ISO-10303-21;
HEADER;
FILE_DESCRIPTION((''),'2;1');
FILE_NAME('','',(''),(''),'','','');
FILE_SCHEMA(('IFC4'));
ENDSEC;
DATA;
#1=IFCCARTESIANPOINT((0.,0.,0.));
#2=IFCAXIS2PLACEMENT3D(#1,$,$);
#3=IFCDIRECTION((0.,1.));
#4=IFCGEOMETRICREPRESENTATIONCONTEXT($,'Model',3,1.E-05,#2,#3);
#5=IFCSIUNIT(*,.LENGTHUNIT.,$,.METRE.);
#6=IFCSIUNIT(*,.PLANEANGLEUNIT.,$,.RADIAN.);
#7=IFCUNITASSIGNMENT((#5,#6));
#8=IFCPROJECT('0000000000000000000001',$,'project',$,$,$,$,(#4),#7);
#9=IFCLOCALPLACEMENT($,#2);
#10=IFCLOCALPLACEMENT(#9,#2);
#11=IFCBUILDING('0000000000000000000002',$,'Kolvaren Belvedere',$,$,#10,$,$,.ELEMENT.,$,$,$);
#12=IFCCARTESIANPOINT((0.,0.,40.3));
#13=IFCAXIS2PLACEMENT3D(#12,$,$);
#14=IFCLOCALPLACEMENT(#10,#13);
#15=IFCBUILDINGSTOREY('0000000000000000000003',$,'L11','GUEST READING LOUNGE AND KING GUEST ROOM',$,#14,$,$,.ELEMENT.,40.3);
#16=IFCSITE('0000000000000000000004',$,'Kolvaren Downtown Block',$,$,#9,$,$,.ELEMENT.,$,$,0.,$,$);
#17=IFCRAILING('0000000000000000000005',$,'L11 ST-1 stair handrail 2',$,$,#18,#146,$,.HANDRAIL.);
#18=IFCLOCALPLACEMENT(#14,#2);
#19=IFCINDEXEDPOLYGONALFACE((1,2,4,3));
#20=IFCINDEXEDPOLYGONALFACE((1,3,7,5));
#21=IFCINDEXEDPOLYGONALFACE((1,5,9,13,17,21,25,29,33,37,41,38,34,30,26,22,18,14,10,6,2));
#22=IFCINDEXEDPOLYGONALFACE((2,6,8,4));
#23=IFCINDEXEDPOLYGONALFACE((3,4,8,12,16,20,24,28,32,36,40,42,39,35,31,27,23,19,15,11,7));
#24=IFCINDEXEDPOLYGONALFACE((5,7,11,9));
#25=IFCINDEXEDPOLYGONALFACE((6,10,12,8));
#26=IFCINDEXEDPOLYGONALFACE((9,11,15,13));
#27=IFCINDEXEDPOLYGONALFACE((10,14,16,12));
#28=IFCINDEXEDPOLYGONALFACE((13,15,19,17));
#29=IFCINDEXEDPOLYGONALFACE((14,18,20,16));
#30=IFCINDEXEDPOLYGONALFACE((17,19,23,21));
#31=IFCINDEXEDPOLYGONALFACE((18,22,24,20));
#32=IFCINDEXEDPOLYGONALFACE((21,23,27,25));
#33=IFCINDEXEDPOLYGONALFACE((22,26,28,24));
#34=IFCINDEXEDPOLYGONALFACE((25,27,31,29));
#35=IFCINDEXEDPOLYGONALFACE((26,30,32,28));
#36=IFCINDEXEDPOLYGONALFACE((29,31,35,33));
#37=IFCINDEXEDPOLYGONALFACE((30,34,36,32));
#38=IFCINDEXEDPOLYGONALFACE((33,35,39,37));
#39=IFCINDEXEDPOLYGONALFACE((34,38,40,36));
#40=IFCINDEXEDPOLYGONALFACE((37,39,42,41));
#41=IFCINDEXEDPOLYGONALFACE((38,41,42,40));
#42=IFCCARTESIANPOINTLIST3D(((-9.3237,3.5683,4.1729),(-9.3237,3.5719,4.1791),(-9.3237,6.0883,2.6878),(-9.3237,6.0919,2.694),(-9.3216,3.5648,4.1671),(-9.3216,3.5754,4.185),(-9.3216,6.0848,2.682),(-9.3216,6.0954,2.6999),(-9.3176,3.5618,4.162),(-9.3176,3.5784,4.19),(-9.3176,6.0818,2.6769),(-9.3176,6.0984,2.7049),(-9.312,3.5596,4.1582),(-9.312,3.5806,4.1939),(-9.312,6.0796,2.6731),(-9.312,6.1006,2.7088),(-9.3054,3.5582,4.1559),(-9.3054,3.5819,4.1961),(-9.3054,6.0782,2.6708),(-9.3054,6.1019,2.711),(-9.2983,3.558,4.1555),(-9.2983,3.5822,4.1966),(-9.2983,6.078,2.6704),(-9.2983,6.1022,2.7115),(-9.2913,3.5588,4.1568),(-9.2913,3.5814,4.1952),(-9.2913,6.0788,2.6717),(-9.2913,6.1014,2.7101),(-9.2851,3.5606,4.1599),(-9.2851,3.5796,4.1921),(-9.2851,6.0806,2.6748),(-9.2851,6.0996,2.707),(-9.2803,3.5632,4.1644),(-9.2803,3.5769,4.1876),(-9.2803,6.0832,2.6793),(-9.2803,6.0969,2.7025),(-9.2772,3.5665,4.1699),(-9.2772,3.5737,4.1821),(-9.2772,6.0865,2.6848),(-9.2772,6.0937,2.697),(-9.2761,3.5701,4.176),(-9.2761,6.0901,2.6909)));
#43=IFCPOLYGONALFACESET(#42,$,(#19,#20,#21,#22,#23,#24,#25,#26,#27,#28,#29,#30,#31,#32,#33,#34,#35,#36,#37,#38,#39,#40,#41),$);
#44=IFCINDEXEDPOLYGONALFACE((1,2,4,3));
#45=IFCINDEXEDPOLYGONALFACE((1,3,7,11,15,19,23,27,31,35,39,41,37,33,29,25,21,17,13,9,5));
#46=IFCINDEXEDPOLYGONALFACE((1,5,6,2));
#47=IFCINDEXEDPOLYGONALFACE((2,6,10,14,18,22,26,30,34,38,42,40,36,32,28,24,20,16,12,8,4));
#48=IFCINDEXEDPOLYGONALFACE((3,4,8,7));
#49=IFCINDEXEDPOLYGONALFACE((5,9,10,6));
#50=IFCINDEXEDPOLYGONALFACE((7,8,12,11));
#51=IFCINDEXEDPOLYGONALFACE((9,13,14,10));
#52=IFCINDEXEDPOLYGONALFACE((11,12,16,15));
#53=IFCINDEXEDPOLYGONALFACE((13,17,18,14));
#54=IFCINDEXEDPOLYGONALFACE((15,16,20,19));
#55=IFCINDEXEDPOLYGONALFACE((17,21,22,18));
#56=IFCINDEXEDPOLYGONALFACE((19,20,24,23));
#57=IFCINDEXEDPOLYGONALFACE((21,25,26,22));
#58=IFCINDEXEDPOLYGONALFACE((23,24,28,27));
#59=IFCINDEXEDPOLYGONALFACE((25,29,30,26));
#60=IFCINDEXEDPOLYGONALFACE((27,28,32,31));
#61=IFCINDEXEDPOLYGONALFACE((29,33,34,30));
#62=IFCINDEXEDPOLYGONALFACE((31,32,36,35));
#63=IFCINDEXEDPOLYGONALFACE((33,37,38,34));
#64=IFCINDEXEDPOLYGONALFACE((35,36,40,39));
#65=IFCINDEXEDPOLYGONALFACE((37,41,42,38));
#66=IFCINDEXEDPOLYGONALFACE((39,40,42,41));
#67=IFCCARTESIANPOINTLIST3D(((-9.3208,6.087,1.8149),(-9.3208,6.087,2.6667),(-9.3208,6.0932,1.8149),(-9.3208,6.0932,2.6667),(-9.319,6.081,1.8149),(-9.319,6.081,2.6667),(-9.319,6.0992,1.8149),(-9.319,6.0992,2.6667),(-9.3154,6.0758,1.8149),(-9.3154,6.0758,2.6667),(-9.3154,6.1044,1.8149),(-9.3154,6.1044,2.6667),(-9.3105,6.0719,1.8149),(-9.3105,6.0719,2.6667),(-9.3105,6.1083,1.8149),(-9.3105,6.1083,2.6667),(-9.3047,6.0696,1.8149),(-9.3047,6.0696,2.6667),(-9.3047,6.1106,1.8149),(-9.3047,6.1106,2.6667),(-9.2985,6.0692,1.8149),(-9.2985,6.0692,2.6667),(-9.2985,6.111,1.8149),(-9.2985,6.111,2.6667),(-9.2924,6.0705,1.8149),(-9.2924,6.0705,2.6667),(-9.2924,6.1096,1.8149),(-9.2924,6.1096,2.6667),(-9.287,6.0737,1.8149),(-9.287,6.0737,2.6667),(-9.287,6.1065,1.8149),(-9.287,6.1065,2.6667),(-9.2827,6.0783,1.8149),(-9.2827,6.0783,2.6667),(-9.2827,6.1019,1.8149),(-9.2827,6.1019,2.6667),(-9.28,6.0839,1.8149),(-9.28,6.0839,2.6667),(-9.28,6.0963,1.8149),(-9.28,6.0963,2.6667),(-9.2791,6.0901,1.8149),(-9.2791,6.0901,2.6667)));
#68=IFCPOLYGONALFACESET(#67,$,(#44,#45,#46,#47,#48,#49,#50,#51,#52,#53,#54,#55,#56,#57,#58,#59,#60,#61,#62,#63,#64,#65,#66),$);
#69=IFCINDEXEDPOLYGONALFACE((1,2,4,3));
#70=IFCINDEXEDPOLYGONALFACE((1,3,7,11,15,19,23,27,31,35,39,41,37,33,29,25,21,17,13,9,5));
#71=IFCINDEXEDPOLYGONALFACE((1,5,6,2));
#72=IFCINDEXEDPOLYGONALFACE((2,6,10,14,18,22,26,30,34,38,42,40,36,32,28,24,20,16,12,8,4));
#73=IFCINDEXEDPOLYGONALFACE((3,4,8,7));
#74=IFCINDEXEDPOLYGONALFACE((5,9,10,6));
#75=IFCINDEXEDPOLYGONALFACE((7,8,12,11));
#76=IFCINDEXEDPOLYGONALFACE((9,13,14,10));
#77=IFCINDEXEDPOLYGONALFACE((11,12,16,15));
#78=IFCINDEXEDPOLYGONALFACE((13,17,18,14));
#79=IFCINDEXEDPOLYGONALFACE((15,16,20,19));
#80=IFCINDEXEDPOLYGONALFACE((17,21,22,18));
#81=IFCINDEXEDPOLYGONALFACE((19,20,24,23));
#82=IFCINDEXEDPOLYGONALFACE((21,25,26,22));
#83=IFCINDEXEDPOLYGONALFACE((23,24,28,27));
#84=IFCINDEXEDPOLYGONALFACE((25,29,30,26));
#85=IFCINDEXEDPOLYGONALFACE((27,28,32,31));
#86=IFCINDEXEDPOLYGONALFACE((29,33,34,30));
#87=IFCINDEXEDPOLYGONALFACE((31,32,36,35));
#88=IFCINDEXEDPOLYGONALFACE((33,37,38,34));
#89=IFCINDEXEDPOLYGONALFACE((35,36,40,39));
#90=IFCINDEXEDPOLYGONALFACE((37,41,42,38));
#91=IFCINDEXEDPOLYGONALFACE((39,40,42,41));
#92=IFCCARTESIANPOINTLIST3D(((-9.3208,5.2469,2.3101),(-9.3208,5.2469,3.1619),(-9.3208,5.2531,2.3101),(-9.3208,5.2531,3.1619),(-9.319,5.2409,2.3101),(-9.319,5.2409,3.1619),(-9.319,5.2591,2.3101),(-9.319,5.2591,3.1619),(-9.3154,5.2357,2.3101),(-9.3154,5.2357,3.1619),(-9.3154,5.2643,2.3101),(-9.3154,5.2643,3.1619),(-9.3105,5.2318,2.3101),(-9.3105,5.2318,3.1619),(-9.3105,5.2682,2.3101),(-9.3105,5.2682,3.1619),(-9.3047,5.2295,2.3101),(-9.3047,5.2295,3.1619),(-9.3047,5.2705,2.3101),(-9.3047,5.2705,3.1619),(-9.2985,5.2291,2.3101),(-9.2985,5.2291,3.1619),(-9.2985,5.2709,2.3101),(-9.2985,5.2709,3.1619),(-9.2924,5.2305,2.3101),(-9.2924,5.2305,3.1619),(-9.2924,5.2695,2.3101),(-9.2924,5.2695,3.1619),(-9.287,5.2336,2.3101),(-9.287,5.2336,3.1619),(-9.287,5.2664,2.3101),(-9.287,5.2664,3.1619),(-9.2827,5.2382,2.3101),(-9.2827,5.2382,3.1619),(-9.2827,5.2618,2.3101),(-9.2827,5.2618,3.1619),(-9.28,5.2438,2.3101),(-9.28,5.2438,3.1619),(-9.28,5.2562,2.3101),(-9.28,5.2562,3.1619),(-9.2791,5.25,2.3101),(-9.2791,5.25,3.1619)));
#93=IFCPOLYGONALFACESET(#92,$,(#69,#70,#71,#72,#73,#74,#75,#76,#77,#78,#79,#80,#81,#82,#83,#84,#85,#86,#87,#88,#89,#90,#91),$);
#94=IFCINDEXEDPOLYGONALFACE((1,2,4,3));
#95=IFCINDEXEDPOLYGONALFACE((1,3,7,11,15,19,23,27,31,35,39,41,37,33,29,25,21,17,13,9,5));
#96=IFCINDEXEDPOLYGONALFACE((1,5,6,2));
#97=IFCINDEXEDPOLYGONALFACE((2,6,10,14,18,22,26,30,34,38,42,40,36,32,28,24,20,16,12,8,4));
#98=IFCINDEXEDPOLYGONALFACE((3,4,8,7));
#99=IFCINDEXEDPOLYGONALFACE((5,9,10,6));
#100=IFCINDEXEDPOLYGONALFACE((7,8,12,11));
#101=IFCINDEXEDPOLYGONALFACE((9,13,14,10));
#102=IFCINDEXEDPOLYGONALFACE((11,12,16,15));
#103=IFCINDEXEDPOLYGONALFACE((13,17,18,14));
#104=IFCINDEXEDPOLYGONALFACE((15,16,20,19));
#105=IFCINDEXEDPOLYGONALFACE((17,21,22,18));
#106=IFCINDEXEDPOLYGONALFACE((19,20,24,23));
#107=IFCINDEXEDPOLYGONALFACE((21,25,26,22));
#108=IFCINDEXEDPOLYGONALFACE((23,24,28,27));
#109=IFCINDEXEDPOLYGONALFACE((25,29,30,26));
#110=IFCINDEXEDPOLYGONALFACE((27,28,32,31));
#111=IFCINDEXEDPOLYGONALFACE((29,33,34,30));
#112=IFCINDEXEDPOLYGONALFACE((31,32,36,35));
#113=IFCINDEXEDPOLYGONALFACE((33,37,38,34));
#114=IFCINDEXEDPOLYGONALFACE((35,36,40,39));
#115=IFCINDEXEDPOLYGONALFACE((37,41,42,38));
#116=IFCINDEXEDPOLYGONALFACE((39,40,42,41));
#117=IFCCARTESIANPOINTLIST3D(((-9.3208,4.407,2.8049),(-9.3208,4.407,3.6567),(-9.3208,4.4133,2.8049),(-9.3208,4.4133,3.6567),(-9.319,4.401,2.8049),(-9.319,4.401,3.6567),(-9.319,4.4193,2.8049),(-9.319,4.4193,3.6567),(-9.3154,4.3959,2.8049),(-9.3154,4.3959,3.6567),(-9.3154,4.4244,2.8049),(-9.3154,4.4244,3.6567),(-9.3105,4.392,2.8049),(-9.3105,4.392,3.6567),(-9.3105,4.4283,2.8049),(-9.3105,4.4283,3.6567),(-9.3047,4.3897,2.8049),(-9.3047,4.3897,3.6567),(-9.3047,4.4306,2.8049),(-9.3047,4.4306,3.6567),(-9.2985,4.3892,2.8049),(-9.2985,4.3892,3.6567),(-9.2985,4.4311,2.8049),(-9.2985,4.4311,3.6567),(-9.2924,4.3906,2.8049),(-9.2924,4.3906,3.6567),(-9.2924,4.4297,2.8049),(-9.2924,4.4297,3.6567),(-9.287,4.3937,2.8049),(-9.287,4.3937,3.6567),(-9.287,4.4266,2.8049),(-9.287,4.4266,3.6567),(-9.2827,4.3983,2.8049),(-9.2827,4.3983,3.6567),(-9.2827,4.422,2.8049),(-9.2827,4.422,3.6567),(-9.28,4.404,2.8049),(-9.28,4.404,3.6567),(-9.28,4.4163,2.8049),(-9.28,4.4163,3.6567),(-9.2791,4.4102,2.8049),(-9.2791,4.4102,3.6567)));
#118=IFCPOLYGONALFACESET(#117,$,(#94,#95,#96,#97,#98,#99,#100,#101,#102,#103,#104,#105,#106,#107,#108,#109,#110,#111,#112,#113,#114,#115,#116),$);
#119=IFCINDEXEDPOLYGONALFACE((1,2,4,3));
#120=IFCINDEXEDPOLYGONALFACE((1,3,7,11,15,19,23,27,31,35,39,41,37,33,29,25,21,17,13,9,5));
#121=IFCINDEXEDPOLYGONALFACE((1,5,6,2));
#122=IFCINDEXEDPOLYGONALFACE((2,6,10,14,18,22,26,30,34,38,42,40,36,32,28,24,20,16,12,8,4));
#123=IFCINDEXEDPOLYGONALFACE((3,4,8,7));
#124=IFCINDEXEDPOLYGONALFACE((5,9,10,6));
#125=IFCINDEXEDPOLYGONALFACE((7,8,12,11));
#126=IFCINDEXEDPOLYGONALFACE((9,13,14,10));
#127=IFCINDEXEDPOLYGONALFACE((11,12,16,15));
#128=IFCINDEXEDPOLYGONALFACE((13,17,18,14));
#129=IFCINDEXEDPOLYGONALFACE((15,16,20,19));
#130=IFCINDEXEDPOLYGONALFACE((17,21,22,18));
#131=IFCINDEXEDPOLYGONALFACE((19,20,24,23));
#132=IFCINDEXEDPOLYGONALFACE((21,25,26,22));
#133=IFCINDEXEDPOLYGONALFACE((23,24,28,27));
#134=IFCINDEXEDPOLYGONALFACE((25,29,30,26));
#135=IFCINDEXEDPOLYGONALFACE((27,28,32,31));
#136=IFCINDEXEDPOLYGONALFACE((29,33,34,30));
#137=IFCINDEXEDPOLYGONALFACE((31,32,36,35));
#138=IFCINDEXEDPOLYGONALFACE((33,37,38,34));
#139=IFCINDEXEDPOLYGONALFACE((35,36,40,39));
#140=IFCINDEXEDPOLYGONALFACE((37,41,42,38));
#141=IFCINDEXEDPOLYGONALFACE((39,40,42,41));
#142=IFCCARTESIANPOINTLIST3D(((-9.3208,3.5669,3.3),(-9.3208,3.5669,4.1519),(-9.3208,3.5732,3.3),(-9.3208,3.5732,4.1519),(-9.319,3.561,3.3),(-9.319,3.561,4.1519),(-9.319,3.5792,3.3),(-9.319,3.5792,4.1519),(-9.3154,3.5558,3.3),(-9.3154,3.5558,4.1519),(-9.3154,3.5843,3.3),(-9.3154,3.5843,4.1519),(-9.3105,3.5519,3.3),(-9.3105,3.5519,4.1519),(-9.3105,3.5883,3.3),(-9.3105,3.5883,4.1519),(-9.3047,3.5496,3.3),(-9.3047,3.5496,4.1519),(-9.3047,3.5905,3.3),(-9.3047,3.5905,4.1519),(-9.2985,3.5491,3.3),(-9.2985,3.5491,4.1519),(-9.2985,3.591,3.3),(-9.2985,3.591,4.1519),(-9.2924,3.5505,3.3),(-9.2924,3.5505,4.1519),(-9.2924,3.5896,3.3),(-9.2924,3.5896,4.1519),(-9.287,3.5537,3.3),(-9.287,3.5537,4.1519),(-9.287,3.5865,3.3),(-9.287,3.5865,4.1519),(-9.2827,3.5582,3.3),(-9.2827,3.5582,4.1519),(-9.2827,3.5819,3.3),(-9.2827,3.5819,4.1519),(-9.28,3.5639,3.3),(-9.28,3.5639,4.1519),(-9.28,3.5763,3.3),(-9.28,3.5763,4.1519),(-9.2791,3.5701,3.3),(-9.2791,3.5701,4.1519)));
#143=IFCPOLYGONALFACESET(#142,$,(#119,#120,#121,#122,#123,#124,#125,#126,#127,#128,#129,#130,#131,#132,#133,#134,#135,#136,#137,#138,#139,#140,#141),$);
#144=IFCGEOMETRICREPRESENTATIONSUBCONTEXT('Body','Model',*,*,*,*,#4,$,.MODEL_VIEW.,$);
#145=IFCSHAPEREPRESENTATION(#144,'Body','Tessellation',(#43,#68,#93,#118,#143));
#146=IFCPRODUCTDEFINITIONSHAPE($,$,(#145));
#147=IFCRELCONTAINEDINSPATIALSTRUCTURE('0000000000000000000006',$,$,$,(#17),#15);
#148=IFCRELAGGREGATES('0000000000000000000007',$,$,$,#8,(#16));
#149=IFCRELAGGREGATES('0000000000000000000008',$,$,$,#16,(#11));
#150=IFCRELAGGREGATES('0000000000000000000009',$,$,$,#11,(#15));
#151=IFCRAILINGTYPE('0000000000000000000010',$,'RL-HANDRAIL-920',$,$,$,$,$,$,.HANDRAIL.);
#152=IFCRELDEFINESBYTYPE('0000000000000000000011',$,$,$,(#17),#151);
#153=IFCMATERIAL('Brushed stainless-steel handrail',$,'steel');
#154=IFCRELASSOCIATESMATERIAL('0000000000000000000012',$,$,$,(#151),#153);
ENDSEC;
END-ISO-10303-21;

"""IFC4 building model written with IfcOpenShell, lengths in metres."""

from ifc_helpers import new_model, si_unit, direction, frame, origin, origin_2d, place, context, subcontext, project, spatial, circle, extrude, material, type_object, element, save


model = new_model("IFC4")

# Units and contexts
model_context = context("Model", 3, precision=1e-05, world=origin(), true_north=direction((0.0, 1.0)))
body_context = subcontext(model_context, "Body", "Model", "MODEL_VIEW")
ifc_project = project(units=[si_unit("LENGTHUNIT", "METRE"), si_unit("PLANEANGLEUNIT", "RADIAN")], contexts=[model_context])

# Site, building, storey
site_placement = place(None, origin())
site = spatial("IfcSite", under=ifc_project, at=site_placement, Name="Kolvaren Downtown Block", CompositionType="ELEMENT", RefElevation=0.0)
building_placement = place(site_placement, origin())
building = spatial("IfcBuilding", under=site, at=building_placement, Name="Kolvaren Belvedere", CompositionType="ELEMENT")
storey_placement = place(building_placement, frame((0.0, 0.0, 40.3)))
storey = spatial("IfcBuildingStorey", under=building, at=storey_placement, Name="L11", Description="GUEST READING LOUNGE AND KING GUEST ROOM", CompositionType="ELEMENT", Elevation=40.3)

# Railing
ifc_material_1 = material(Name="Brushed stainless-steel handrail", Category="steel")
railing_type_1 = type_object("IfcRailingType", Name="RL-HANDRAIL-920", PredefinedType="HANDRAIL", material=ifc_material_1)
railing_1_placement = place(storey_placement, frame((-9.3, 6.0901, 1.8149)))
element("IfcRailing", 1, at=railing_1_placement, inside=storey, type_object=railing_type_1, Name="L11 ST-1 stair handrail 2", PredefinedType="HANDRAIL", context=body_context, shape_type="SweptSolid", body=[
    extrude(circle(Radius=0.0239, at=origin_2d()), frame((0.0, 0.0, 0.876), z_axis=(0.0, -0.861524, 0.507717), x_axis=(1.0, 0.0, 0.0)), (0.0, 0.0, 1.0), 2.925),
    extrude(circle(Radius=0.021, at=origin_2d()), origin(), (0.0, 0.0, 1.0), 0.8518),
    extrude(circle(Radius=0.021, at=origin_2d()), frame((0.0, -0.8401, 0.4951)), (0.0, 0.0, 1.0), 0.8518),
    extrude(circle(Radius=0.021, at=origin_2d()), frame((0.0, -1.6799, 0.99)), (0.0, 0.0, 1.0), 0.8518),
    extrude(circle(Radius=0.021, at=origin_2d()), frame((0.0, -2.52, 1.4851)), (0.0, 0.0, 1.0), 0.8518),
])

save(model, "model.ifc")
